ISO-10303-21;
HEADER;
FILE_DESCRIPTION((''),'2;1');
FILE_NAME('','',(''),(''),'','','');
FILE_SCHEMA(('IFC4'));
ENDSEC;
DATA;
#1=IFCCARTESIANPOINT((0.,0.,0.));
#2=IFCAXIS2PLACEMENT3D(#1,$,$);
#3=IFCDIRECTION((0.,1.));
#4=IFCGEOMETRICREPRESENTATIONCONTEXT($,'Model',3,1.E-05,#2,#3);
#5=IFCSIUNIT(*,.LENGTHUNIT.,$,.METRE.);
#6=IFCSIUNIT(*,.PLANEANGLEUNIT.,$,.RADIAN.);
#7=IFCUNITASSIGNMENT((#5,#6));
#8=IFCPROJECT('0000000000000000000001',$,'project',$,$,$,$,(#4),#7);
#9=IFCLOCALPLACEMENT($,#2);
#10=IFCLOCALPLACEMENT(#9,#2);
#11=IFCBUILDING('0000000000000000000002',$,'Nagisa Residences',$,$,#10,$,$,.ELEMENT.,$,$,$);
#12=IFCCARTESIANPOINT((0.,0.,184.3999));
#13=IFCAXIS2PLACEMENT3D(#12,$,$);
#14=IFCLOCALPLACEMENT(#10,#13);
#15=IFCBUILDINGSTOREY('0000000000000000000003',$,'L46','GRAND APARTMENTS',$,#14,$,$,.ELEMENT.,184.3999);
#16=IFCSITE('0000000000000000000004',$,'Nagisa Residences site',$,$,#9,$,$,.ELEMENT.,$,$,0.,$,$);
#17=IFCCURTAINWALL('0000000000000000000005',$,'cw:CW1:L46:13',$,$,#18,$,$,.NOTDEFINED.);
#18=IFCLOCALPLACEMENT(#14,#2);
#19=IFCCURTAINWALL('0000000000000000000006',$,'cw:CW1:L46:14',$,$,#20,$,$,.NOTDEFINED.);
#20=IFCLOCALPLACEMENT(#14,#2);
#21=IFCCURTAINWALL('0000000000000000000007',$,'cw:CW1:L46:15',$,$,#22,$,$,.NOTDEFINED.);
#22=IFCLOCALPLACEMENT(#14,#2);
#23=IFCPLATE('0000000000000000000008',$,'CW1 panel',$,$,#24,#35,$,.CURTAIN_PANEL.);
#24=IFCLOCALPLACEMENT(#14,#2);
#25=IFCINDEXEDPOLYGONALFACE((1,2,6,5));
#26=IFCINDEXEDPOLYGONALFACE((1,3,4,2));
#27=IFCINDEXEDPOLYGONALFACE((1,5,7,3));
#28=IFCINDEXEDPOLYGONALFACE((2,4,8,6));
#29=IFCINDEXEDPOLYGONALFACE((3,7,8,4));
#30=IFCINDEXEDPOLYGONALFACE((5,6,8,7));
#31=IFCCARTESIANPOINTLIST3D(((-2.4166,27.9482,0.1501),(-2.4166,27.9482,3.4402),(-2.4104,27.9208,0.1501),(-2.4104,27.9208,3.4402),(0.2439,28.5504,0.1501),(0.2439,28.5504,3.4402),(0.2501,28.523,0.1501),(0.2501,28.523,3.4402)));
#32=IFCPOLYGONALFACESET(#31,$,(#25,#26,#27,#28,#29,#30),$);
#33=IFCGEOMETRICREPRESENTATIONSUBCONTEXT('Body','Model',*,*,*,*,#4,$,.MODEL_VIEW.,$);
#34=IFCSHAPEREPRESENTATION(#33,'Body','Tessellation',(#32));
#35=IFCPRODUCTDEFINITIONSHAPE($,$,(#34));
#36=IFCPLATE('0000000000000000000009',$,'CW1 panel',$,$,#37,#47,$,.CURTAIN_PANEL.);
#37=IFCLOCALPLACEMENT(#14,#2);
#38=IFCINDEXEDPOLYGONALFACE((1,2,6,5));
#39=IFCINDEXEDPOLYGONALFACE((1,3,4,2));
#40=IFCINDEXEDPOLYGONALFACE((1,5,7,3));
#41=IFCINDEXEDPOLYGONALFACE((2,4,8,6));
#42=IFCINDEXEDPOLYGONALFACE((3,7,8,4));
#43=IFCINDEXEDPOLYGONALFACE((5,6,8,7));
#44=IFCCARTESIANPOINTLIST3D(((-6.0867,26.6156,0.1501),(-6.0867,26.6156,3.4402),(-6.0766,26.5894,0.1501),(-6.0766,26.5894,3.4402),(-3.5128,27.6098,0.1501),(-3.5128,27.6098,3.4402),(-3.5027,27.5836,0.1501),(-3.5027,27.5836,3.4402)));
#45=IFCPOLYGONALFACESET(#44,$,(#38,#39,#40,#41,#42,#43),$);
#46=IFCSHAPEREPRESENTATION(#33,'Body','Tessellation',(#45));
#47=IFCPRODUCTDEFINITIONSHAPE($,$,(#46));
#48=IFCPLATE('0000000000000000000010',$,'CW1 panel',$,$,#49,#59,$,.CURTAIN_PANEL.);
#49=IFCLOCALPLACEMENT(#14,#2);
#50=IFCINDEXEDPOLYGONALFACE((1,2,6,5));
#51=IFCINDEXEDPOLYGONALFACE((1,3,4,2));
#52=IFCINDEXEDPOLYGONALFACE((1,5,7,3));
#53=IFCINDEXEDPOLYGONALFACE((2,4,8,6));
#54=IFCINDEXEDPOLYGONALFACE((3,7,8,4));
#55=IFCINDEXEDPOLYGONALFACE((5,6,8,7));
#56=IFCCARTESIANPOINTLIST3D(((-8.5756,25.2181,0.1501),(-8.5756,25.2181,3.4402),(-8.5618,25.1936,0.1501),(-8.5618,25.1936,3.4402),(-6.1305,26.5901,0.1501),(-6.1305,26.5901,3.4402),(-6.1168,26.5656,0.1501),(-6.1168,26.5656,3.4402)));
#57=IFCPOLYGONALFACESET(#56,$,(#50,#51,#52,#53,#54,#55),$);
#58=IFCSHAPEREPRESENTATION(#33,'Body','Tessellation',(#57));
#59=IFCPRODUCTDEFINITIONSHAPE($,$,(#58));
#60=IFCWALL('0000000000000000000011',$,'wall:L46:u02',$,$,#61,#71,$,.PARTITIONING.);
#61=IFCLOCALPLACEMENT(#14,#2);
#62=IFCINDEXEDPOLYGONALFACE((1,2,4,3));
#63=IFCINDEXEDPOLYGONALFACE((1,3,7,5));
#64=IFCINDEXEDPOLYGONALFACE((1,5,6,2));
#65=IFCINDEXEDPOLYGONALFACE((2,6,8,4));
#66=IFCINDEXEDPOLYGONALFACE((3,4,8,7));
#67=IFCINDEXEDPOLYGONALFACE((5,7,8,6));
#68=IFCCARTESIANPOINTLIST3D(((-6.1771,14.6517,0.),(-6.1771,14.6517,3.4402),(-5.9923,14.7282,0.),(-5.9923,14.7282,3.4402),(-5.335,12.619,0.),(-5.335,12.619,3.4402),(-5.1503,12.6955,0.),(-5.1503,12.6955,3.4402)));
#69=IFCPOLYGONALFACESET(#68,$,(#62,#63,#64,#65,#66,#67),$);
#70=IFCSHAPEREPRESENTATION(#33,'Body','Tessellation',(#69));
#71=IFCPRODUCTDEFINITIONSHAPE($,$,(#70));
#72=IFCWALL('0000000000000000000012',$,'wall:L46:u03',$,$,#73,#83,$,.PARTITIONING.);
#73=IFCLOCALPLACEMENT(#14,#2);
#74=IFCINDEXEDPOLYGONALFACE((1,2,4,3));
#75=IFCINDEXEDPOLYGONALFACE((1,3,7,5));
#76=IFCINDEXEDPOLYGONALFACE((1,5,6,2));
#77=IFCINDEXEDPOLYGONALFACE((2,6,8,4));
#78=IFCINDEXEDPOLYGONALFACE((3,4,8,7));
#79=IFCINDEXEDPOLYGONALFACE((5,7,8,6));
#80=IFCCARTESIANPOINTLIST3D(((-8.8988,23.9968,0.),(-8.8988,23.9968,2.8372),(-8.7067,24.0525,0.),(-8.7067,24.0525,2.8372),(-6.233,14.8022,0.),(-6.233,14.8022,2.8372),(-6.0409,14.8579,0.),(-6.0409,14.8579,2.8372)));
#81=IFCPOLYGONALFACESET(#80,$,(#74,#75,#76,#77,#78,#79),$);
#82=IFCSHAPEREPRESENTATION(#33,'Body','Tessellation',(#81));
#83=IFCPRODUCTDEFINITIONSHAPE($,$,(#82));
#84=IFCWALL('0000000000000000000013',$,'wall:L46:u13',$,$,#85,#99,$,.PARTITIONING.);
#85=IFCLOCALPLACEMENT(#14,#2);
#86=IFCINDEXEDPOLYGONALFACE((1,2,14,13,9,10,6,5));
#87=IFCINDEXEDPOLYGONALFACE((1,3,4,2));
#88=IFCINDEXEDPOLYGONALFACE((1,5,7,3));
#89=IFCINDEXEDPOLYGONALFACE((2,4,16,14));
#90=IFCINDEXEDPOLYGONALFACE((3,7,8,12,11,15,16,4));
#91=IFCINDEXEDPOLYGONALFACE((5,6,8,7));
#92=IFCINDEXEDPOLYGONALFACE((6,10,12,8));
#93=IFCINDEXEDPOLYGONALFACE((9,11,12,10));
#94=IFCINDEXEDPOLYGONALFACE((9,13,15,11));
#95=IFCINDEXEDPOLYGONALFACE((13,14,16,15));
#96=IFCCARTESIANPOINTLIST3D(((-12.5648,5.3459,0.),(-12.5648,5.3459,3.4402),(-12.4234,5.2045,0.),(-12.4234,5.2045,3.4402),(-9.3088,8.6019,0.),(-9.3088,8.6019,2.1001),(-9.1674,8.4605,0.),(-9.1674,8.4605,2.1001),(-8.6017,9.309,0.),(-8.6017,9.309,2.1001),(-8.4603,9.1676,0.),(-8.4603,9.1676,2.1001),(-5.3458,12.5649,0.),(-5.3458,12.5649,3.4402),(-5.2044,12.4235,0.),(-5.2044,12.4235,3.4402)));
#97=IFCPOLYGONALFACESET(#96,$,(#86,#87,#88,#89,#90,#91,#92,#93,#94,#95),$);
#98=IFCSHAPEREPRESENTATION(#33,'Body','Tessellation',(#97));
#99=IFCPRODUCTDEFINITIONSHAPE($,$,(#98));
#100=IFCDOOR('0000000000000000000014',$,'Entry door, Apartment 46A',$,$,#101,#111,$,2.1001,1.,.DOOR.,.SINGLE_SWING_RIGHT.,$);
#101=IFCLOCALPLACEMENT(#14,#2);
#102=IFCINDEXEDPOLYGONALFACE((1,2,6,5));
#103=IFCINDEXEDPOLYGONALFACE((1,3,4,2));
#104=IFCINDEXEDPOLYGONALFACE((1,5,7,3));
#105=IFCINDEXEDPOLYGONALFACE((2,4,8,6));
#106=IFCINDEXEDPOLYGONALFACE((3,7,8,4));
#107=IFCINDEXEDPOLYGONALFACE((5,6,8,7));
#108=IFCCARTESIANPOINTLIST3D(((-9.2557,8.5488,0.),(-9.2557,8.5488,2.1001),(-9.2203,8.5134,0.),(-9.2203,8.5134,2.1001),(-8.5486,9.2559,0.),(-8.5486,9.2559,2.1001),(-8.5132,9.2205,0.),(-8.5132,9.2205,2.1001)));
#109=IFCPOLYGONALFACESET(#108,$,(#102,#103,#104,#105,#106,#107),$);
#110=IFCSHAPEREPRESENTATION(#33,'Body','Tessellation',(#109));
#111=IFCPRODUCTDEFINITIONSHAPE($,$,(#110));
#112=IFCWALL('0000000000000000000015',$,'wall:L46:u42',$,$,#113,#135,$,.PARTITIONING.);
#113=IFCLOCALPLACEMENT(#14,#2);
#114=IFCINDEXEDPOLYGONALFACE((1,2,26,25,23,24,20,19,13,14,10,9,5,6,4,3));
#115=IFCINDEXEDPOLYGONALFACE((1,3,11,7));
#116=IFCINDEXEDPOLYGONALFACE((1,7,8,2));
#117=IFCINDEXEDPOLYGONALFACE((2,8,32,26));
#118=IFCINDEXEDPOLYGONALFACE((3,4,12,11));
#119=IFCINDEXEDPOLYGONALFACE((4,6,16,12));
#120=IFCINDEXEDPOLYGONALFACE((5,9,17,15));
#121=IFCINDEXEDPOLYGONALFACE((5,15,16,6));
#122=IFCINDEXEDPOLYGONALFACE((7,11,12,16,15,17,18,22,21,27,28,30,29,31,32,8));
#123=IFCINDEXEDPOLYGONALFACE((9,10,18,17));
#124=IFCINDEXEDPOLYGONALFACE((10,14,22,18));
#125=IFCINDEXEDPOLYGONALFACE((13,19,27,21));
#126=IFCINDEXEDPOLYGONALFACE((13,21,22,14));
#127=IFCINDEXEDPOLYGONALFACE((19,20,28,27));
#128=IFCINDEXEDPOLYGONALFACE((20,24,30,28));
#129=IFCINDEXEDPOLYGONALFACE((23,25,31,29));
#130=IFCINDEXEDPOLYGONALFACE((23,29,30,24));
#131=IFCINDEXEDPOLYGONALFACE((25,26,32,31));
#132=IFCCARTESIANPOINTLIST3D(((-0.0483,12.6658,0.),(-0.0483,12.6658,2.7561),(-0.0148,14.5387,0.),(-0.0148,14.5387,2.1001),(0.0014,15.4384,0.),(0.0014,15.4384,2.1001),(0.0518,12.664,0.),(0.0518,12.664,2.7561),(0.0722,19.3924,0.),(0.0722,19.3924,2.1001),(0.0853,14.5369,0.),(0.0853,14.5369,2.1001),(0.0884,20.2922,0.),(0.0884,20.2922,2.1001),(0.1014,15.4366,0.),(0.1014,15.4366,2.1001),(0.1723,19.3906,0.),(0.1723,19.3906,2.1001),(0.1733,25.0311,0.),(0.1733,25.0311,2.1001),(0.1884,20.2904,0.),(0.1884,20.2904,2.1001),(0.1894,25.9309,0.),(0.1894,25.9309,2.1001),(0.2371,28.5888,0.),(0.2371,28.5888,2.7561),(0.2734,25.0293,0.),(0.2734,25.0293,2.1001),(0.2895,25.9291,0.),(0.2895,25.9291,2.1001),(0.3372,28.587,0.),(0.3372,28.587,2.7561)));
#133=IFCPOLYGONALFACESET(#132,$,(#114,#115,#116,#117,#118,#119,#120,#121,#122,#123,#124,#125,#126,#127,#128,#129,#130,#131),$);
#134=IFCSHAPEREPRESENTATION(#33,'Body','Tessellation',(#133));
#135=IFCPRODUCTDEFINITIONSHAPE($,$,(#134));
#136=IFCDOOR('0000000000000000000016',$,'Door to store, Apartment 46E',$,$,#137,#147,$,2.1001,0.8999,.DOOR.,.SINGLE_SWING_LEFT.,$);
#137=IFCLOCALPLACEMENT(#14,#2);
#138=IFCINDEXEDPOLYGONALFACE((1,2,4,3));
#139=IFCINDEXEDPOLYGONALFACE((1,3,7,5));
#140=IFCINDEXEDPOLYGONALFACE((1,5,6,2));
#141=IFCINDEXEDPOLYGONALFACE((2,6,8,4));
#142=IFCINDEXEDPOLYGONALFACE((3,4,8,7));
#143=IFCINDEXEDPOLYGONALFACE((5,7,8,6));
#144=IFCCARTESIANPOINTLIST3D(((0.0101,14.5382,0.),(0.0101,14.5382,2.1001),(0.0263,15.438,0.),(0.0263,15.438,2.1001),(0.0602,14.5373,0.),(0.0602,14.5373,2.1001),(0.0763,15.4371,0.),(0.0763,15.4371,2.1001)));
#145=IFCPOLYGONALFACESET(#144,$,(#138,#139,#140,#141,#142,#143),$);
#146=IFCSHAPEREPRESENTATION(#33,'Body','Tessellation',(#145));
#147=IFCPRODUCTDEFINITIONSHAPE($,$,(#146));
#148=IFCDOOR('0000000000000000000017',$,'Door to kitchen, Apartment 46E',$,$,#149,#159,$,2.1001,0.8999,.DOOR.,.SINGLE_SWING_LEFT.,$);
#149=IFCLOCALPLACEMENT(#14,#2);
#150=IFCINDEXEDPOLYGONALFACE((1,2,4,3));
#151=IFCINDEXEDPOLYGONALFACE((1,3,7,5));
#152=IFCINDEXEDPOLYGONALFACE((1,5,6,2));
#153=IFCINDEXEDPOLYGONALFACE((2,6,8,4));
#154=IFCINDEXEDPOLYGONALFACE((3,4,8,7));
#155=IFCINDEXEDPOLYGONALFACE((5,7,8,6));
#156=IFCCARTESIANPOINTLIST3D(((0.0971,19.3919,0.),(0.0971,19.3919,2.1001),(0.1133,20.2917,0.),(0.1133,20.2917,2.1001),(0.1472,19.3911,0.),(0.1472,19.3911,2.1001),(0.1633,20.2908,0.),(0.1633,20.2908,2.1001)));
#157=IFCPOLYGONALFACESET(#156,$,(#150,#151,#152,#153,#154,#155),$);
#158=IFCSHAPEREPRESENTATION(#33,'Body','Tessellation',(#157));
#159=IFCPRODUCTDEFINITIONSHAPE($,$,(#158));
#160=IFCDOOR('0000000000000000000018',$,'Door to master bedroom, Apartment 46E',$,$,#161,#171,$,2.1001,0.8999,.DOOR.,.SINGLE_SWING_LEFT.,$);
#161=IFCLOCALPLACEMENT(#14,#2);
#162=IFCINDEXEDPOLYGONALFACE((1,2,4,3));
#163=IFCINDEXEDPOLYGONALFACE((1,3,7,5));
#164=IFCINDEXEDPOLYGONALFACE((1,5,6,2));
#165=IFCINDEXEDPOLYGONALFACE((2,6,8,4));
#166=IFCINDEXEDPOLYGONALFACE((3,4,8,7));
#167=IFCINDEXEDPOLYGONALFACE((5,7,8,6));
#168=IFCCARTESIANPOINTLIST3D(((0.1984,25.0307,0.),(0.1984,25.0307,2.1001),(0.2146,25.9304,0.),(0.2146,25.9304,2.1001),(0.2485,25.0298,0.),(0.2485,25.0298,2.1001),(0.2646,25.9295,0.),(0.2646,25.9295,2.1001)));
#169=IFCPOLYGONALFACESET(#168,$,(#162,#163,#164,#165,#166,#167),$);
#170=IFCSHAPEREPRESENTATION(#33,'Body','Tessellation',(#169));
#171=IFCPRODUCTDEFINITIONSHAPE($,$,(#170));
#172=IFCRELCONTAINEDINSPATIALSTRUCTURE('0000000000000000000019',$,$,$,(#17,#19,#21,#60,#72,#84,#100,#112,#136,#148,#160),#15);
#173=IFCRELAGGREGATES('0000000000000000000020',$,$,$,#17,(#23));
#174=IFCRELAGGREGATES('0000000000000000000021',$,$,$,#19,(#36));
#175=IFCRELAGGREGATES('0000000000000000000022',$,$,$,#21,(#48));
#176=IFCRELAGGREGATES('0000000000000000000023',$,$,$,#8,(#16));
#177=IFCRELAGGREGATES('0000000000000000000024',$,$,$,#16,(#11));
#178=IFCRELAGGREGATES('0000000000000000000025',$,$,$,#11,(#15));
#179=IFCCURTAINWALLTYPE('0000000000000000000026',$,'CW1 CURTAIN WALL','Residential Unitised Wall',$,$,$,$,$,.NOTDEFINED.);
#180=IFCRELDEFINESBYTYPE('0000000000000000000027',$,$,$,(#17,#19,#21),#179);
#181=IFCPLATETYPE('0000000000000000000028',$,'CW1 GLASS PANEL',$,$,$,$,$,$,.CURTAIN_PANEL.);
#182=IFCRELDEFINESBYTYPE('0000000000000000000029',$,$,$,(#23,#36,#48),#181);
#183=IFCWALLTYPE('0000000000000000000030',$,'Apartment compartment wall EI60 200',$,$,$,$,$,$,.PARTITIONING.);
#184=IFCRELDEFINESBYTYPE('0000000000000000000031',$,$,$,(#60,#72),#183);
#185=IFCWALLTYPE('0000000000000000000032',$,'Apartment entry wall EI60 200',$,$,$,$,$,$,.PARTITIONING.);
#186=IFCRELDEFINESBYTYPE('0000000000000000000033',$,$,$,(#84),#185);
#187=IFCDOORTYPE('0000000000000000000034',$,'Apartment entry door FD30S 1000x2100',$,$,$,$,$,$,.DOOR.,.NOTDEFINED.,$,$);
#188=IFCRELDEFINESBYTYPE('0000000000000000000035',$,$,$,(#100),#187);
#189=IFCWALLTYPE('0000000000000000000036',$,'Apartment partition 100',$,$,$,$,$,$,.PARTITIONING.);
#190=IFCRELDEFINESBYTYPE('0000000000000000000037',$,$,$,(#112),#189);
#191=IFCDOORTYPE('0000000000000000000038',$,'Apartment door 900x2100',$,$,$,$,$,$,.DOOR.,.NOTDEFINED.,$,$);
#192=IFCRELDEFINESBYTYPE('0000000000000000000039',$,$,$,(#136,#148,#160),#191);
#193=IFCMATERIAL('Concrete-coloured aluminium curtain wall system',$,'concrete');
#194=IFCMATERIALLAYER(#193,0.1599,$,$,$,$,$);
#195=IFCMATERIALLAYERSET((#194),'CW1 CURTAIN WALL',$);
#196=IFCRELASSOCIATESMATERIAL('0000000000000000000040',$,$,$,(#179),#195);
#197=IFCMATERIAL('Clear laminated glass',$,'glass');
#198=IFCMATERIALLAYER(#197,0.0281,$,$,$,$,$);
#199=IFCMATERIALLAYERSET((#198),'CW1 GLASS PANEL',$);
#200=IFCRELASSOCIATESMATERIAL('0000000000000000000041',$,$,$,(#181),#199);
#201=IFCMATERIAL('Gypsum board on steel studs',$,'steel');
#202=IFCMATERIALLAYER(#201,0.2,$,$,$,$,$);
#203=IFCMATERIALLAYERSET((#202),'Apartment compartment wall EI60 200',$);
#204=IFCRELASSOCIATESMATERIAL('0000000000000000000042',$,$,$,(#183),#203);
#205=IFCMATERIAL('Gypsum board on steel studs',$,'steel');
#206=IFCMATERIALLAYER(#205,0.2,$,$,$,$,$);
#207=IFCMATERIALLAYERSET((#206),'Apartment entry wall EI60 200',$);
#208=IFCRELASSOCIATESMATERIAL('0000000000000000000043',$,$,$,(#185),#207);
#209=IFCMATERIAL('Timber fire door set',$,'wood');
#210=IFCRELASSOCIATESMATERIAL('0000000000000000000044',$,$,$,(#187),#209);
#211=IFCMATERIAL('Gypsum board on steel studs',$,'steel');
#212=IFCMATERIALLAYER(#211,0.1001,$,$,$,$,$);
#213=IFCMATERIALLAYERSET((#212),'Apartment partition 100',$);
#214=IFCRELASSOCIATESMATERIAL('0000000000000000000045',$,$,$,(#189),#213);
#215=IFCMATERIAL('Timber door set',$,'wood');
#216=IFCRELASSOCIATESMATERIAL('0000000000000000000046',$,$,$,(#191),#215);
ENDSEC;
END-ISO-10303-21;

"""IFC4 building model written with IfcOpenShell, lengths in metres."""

from ifc_helpers import new_model, si_unit, direction, frame, frame_2d, origin, origin_2d, place, context, subcontext, project, spatial, rectangle, extrude, material, layer, layer_set, type_object, element, fill, aggregate, save


model = new_model("IFC4")

# Units and contexts
model_context = context("Model", 3, precision=1e-05, world=origin(), true_north=direction((0.0, 1.0)))
body_context = subcontext(model_context, "Body", "Model", "MODEL_VIEW")
ifc_project = project(units=[si_unit("LENGTHUNIT", "METRE"), si_unit("PLANEANGLEUNIT", "RADIAN")], contexts=[model_context])

# Site, building, storey
site_placement = place(None, origin())
site = spatial("IfcSite", under=ifc_project, at=site_placement, Name="Nagisa Residences site", CompositionType="ELEMENT", RefElevation=0.0)
building_placement = place(site_placement, origin())
building = spatial("IfcBuilding", under=site, at=building_placement, Name="Nagisa Residences", CompositionType="ELEMENT")
storey_placement = place(building_placement, frame((0.0, 0.0, 184.3999)))
storey = spatial("IfcBuildingStorey", under=building, at=storey_placement, Name="L46", Description="GRAND APARTMENTS", CompositionType="ELEMENT", Elevation=184.3999)

# Curtain walls
ifc_material_1 = material(Name="Concrete-coloured aluminium curtain wall system", Category="concrete")
ifc_layer_1 = layer(ifc_material_1, 0.1599)
ifc_layer_set_1 = layer_set([ifc_layer_1], Name="CW1 CURTAIN WALL")
curtain_wall_type = type_object("IfcCurtainWallType", Name="CW1 CURTAIN WALL", Description="Residential Unitised Wall", PredefinedType="NOTDEFINED", material=ifc_layer_set_1)
curtain_wall_1_placement = place(storey_placement, origin())
curtain_wall_1 = element("IfcCurtainWall", 1, at=curtain_wall_1_placement, inside=storey, type_object=curtain_wall_type, Name="cw:CW1:L46:13", PredefinedType="NOTDEFINED")
curtain_wall_2_placement = place(storey_placement, origin())
curtain_wall_2 = element("IfcCurtainWall", 2, at=curtain_wall_2_placement, inside=storey, type_object=curtain_wall_type, Name="cw:CW1:L46:14", PredefinedType="NOTDEFINED")
curtain_wall_3_placement = place(storey_placement, origin())
curtain_wall_3 = element("IfcCurtainWall", 3, at=curtain_wall_3_placement, inside=storey, type_object=curtain_wall_type, Name="cw:CW1:L46:15", PredefinedType="NOTDEFINED")

# Plates
ifc_material_2 = material(Name="Clear laminated glass", Category="glass")
ifc_layer_2 = layer(ifc_material_2, 0.0281)
ifc_layer_set_2 = layer_set([ifc_layer_2], Name="CW1 GLASS PANEL")
plate_type = type_object("IfcPlateType", Name="CW1 GLASS PANEL", PredefinedType="CURTAIN_PANEL", material=ifc_layer_set_2)
plate_1_placement = place(storey_placement, frame((-1.0833, 28.2356, 0.1501), z_axis=(0.0, 0.0, 1.0), x_axis=(-0.975327, -0.220764, 0.0)))
plate_1 = element("IfcPlate", 4, at=plate_1_placement, type_object=plate_type, Name="CW1 panel", PredefinedType="CURTAIN_PANEL", context=body_context, shape_type="SweptSolid", body=[
    extrude(rectangle(XDim=2.7278, YDim=0.0281, at=origin_2d()), origin(), (0.0, 0.0, 1.0), 3.29),
])
aggregate(curtain_wall_1, [plate_1])
plate_2_placement = place(storey_placement, frame((-4.7947, 27.0996, 0.1501), z_axis=(0.0, 0.0, 1.0), x_axis=(-0.932826, -0.360328, 0.0)))
plate_2 = element("IfcPlate", 5, at=plate_2_placement, type_object=plate_type, Name="CW1 panel", PredefinedType="CURTAIN_PANEL", context=body_context, shape_type="SweptSolid", body=[
    extrude(rectangle(XDim=2.7593, YDim=0.0281, at=origin_2d()), origin(), (0.0, 0.0, 1.0), 3.29),
])
aggregate(curtain_wall_2, [plate_2])
plate_3_placement = place(storey_placement, frame((-7.3462, 25.8918, 0.1501), z_axis=(0.0, 0.0, 1.0), x_axis=(-0.872072, -0.489377, 0.0)))
plate_3 = element("IfcPlate", 6, at=plate_3_placement, type_object=plate_type, Name="CW1 panel", PredefinedType="CURTAIN_PANEL", context=body_context, shape_type="SweptSolid", body=[
    extrude(rectangle(XDim=2.8037, YDim=0.0281, at=origin_2d()), origin(), (0.0, 0.0, 1.0), 3.29),
])
aggregate(curtain_wall_3, [plate_3])

# Walls
ifc_material_3 = material(Name="Gypsum board on steel studs", Category="steel")
ifc_layer_3 = layer(ifc_material_3, 0.2)
ifc_layer_set_3 = layer_set([ifc_layer_3], Name="Apartment compartment wall EI60 200")
wall_type_1 = type_object("IfcWallType", Name="Apartment compartment wall EI60 200", PredefinedType="PARTITIONING", material=ifc_layer_set_3)
wall_1_placement = place(storey_placement, frame((-5.2427, 12.6572, 0.0), z_axis=(0.0, 0.0, 1.0), x_axis=(-0.382708, 0.923869, 0.0)))
element("IfcWall", 7, at=wall_1_placement, inside=storey, type_object=wall_type_1, Name="wall:L46:u02", PredefinedType="PARTITIONING", context=body_context, shape_type="SweptSolid", body=[
    extrude(rectangle(XDim=2.2002, YDim=0.2, at=frame_2d((1.1001, 0.0))), origin(), (0.0, 0.0, 1.0), 3.4402),
])
wall_2_placement = place(storey_placement, frame((-6.137, 14.8301, 0.0), z_axis=(0.0, 0.0, 1.0), x_axis=(-0.278461, 0.960447, 0.0)))
element("IfcWall", 8, at=wall_2_placement, inside=storey, type_object=wall_type_1, Name="wall:L46:u03", PredefinedType="PARTITIONING", context=body_context, shape_type="SweptSolid", body=[
    extrude(rectangle(XDim=9.5732, YDim=0.2, at=frame_2d((4.7866, 0.0))), origin(), (0.0, 0.0, 1.0), 2.8372),
])

# Wall, opening, door
ifc_material_4 = material(Name="Gypsum board on steel studs", Category="steel")
ifc_layer_4 = layer(ifc_material_4, 0.2)
ifc_layer_set_4 = layer_set([ifc_layer_4], Name="Apartment entry wall EI60 200")
wall_type_2 = type_object("IfcWallType", Name="Apartment entry wall EI60 200", PredefinedType="PARTITIONING", material=ifc_layer_set_4)
wall_3_placement = place(storey_placement, frame((-5.2751, 12.4941, 0.0), z_axis=(0.0, 0.0, 1.0), x_axis=(-0.707107, -0.707107, 0.0)))
wall_3 = element("IfcWall", 9, at=wall_3_placement, inside=storey, type_object=wall_type_2, Name="wall:L46:u13", PredefinedType="PARTITIONING", context=body_context, shape_type="SweptSolid", body=[
    extrude(rectangle(XDim=10.2092, YDim=0.2, at=frame_2d((5.1045, 0.0))), origin(), (0.0, 0.0, 1.0), 3.4402),
])
opening_1_placement = place(wall_3_placement, frame((4.6045, 0.0, 0.0)))
opening_1 = element("IfcOpeningElement", 10, at=opening_1_placement, cuts=wall_3, PredefinedType="OPENING", context=body_context, shape_type="SweptSolid", body=[
    extrude(rectangle(XDim=1.0, YDim=2.1001, at=frame_2d((0.5, 1.05))), frame((0.0, 0.1099, 0.0), z_axis=(0.0, -1.0, 0.0), x_axis=(1.0, 0.0, 0.0)), (0.0, 0.0, 1.0), 0.22),
])
ifc_material_5 = material(Name="Timber fire door set", Category="wood")
door_type_1 = type_object("IfcDoorType", Name="Apartment entry door FD30S 1000x2100", OperationType="NOTDEFINED", PredefinedType="DOOR", material=ifc_material_5)
door_1_placement = place(opening_1_placement, frame((1.0, 0.0, 0.0), x_axis=(-1.0, 0.0, 0.0)))
door_1 = element("IfcDoor", 11, at=door_1_placement, inside=storey, type_object=door_type_1, Name="Entry door, Apartment 46A", OperationType="SINGLE_SWING_RIGHT", OverallHeight=2.1001, OverallWidth=1.0, PredefinedType="DOOR", context=body_context, shape_type="SweptSolid", body=[
    extrude(rectangle(XDim=1.0, YDim=2.1001, at=frame_2d((0.5, 1.05))), frame((0.0, 0.0249, 0.0), z_axis=(0.0, -1.0, 0.0), x_axis=(1.0, 0.0, 0.0)), (0.0, 0.0, 1.0), 0.05),
])
fill(opening_1, door_1)

# Wall, openings, doors
ifc_material_6 = material(Name="Gypsum board on steel studs", Category="steel")
ifc_layer_5 = layer(ifc_material_6, 0.1001)
ifc_layer_set_5 = layer_set([ifc_layer_5], Name="Apartment partition 100")
wall_type_3 = type_object("IfcWallType", Name="Apartment partition 100", PredefinedType="PARTITIONING", material=ifc_layer_set_5)
wall_4_placement = place(storey_placement, frame((0.0017, 12.6648, 0.0), z_axis=(0.0, 0.0, 1.0), x_axis=(0.017921, 0.999839, 0.0)))
wall_4 = element("IfcWall", 12, at=wall_4_placement, inside=storey, type_object=wall_type_3, Name="wall:L46:u42", PredefinedType="PARTITIONING", context=body_context, shape_type="SweptSolid", body=[
    extrude(rectangle(XDim=15.9255, YDim=0.1001, at=frame_2d((7.9629, 0.0))), origin(), (0.0, 0.0, 1.0), 2.7561),
])
opening_2_placement = place(wall_4_placement, frame((1.8733, 0.0, 0.0)))
opening_2 = element("IfcOpeningElement", 13, at=opening_2_placement, cuts=wall_4, PredefinedType="OPENING", context=body_context, shape_type="SweptSolid", body=[
    extrude(rectangle(XDim=0.8999, YDim=2.1001, at=frame_2d((0.45, 1.05))), frame((0.0, 0.0601, 0.0), z_axis=(0.0, -1.0, 0.0), x_axis=(1.0, 0.0, 0.0)), (0.0, 0.0, 1.0), 0.1201),
])
opening_3_placement = place(wall_4_placement, frame((6.7278, 0.0, 0.0)))
opening_3 = element("IfcOpeningElement", 14, at=opening_3_placement, cuts=wall_4, PredefinedType="OPENING", context=body_context, shape_type="SweptSolid", body=[
    extrude(rectangle(XDim=0.8999, YDim=2.1001, at=frame_2d((0.45, 1.05))), frame((0.0, 0.0601, 0.0), z_axis=(0.0, -1.0, 0.0), x_axis=(1.0, 0.0, 0.0)), (0.0, 0.0, 1.0), 0.1201),
])
opening_4_placement = place(wall_4_placement, frame((12.3674, 0.0, 0.0)))
opening_4 = element("IfcOpeningElement", 15, at=opening_4_placement, cuts=wall_4, PredefinedType="OPENING", context=body_context, shape_type="SweptSolid", body=[
    extrude(rectangle(XDim=0.8999, YDim=2.1001, at=frame_2d((0.45, 1.05))), frame((0.0, 0.0601, 0.0), z_axis=(0.0, -1.0, 0.0), x_axis=(1.0, 0.0, 0.0)), (0.0, 0.0, 1.0), 0.1201),
])
ifc_material_7 = material(Name="Timber door set", Category="wood")
door_type_2 = type_object("IfcDoorType", Name="Apartment door 900x2100", OperationType="NOTDEFINED", PredefinedType="DOOR", material=ifc_material_7)
door_2_placement = place(opening_2_placement, frame((0.8999, 0.0, 0.0), x_axis=(-1.0, 0.0, 0.0)))
door_2 = element("IfcDoor", 16, at=door_2_placement, inside=storey, type_object=door_type_2, Name="Door to store, Apartment 46E", OperationType="SINGLE_SWING_LEFT", OverallHeight=2.1001, OverallWidth=0.8999, PredefinedType="DOOR", context=body_context, shape_type="SweptSolid", body=[
    extrude(rectangle(XDim=0.8999, YDim=2.1001, at=frame_2d((0.45, 1.05))), frame((0.0, 0.0249, 0.0), z_axis=(0.0, -1.0, 0.0), x_axis=(1.0, 0.0, 0.0)), (0.0, 0.0, 1.0), 0.05),
])
fill(opening_2, door_2)
door_3_placement = place(opening_3_placement, frame((0.8999, 0.0, 0.0), x_axis=(-1.0, 0.0, 0.0)))
door_3 = element("IfcDoor", 17, at=door_3_placement, inside=storey, type_object=door_type_2, Name="Door to kitchen, Apartment 46E", OperationType="SINGLE_SWING_LEFT", OverallHeight=2.1001, OverallWidth=0.8999, PredefinedType="DOOR", context=body_context, shape_type="SweptSolid", body=[
    extrude(rectangle(XDim=0.8999, YDim=2.1001, at=frame_2d((0.45, 1.05))), frame((0.0, 0.0249, 0.0), z_axis=(0.0, -1.0, 0.0), x_axis=(1.0, 0.0, 0.0)), (0.0, 0.0, 1.0), 0.05),
])
fill(opening_3, door_3)
door_4_placement = place(opening_4_placement, origin())
door_4 = element("IfcDoor", 18, at=door_4_placement, inside=storey, type_object=door_type_2, Name="Door to master bedroom, Apartment 46E", OperationType="SINGLE_SWING_LEFT", OverallHeight=2.1001, OverallWidth=0.8999, PredefinedType="DOOR", context=body_context, shape_type="SweptSolid", body=[
    extrude(rectangle(XDim=0.8999, YDim=2.1001, at=frame_2d((0.45, 1.05))), frame((0.0, 0.0249, 0.0), z_axis=(0.0, -1.0, 0.0), x_axis=(1.0, 0.0, 0.0)), (0.0, 0.0, 1.0), 0.05),
])
fill(opening_4, door_4)

save(model, "model.ifc")
